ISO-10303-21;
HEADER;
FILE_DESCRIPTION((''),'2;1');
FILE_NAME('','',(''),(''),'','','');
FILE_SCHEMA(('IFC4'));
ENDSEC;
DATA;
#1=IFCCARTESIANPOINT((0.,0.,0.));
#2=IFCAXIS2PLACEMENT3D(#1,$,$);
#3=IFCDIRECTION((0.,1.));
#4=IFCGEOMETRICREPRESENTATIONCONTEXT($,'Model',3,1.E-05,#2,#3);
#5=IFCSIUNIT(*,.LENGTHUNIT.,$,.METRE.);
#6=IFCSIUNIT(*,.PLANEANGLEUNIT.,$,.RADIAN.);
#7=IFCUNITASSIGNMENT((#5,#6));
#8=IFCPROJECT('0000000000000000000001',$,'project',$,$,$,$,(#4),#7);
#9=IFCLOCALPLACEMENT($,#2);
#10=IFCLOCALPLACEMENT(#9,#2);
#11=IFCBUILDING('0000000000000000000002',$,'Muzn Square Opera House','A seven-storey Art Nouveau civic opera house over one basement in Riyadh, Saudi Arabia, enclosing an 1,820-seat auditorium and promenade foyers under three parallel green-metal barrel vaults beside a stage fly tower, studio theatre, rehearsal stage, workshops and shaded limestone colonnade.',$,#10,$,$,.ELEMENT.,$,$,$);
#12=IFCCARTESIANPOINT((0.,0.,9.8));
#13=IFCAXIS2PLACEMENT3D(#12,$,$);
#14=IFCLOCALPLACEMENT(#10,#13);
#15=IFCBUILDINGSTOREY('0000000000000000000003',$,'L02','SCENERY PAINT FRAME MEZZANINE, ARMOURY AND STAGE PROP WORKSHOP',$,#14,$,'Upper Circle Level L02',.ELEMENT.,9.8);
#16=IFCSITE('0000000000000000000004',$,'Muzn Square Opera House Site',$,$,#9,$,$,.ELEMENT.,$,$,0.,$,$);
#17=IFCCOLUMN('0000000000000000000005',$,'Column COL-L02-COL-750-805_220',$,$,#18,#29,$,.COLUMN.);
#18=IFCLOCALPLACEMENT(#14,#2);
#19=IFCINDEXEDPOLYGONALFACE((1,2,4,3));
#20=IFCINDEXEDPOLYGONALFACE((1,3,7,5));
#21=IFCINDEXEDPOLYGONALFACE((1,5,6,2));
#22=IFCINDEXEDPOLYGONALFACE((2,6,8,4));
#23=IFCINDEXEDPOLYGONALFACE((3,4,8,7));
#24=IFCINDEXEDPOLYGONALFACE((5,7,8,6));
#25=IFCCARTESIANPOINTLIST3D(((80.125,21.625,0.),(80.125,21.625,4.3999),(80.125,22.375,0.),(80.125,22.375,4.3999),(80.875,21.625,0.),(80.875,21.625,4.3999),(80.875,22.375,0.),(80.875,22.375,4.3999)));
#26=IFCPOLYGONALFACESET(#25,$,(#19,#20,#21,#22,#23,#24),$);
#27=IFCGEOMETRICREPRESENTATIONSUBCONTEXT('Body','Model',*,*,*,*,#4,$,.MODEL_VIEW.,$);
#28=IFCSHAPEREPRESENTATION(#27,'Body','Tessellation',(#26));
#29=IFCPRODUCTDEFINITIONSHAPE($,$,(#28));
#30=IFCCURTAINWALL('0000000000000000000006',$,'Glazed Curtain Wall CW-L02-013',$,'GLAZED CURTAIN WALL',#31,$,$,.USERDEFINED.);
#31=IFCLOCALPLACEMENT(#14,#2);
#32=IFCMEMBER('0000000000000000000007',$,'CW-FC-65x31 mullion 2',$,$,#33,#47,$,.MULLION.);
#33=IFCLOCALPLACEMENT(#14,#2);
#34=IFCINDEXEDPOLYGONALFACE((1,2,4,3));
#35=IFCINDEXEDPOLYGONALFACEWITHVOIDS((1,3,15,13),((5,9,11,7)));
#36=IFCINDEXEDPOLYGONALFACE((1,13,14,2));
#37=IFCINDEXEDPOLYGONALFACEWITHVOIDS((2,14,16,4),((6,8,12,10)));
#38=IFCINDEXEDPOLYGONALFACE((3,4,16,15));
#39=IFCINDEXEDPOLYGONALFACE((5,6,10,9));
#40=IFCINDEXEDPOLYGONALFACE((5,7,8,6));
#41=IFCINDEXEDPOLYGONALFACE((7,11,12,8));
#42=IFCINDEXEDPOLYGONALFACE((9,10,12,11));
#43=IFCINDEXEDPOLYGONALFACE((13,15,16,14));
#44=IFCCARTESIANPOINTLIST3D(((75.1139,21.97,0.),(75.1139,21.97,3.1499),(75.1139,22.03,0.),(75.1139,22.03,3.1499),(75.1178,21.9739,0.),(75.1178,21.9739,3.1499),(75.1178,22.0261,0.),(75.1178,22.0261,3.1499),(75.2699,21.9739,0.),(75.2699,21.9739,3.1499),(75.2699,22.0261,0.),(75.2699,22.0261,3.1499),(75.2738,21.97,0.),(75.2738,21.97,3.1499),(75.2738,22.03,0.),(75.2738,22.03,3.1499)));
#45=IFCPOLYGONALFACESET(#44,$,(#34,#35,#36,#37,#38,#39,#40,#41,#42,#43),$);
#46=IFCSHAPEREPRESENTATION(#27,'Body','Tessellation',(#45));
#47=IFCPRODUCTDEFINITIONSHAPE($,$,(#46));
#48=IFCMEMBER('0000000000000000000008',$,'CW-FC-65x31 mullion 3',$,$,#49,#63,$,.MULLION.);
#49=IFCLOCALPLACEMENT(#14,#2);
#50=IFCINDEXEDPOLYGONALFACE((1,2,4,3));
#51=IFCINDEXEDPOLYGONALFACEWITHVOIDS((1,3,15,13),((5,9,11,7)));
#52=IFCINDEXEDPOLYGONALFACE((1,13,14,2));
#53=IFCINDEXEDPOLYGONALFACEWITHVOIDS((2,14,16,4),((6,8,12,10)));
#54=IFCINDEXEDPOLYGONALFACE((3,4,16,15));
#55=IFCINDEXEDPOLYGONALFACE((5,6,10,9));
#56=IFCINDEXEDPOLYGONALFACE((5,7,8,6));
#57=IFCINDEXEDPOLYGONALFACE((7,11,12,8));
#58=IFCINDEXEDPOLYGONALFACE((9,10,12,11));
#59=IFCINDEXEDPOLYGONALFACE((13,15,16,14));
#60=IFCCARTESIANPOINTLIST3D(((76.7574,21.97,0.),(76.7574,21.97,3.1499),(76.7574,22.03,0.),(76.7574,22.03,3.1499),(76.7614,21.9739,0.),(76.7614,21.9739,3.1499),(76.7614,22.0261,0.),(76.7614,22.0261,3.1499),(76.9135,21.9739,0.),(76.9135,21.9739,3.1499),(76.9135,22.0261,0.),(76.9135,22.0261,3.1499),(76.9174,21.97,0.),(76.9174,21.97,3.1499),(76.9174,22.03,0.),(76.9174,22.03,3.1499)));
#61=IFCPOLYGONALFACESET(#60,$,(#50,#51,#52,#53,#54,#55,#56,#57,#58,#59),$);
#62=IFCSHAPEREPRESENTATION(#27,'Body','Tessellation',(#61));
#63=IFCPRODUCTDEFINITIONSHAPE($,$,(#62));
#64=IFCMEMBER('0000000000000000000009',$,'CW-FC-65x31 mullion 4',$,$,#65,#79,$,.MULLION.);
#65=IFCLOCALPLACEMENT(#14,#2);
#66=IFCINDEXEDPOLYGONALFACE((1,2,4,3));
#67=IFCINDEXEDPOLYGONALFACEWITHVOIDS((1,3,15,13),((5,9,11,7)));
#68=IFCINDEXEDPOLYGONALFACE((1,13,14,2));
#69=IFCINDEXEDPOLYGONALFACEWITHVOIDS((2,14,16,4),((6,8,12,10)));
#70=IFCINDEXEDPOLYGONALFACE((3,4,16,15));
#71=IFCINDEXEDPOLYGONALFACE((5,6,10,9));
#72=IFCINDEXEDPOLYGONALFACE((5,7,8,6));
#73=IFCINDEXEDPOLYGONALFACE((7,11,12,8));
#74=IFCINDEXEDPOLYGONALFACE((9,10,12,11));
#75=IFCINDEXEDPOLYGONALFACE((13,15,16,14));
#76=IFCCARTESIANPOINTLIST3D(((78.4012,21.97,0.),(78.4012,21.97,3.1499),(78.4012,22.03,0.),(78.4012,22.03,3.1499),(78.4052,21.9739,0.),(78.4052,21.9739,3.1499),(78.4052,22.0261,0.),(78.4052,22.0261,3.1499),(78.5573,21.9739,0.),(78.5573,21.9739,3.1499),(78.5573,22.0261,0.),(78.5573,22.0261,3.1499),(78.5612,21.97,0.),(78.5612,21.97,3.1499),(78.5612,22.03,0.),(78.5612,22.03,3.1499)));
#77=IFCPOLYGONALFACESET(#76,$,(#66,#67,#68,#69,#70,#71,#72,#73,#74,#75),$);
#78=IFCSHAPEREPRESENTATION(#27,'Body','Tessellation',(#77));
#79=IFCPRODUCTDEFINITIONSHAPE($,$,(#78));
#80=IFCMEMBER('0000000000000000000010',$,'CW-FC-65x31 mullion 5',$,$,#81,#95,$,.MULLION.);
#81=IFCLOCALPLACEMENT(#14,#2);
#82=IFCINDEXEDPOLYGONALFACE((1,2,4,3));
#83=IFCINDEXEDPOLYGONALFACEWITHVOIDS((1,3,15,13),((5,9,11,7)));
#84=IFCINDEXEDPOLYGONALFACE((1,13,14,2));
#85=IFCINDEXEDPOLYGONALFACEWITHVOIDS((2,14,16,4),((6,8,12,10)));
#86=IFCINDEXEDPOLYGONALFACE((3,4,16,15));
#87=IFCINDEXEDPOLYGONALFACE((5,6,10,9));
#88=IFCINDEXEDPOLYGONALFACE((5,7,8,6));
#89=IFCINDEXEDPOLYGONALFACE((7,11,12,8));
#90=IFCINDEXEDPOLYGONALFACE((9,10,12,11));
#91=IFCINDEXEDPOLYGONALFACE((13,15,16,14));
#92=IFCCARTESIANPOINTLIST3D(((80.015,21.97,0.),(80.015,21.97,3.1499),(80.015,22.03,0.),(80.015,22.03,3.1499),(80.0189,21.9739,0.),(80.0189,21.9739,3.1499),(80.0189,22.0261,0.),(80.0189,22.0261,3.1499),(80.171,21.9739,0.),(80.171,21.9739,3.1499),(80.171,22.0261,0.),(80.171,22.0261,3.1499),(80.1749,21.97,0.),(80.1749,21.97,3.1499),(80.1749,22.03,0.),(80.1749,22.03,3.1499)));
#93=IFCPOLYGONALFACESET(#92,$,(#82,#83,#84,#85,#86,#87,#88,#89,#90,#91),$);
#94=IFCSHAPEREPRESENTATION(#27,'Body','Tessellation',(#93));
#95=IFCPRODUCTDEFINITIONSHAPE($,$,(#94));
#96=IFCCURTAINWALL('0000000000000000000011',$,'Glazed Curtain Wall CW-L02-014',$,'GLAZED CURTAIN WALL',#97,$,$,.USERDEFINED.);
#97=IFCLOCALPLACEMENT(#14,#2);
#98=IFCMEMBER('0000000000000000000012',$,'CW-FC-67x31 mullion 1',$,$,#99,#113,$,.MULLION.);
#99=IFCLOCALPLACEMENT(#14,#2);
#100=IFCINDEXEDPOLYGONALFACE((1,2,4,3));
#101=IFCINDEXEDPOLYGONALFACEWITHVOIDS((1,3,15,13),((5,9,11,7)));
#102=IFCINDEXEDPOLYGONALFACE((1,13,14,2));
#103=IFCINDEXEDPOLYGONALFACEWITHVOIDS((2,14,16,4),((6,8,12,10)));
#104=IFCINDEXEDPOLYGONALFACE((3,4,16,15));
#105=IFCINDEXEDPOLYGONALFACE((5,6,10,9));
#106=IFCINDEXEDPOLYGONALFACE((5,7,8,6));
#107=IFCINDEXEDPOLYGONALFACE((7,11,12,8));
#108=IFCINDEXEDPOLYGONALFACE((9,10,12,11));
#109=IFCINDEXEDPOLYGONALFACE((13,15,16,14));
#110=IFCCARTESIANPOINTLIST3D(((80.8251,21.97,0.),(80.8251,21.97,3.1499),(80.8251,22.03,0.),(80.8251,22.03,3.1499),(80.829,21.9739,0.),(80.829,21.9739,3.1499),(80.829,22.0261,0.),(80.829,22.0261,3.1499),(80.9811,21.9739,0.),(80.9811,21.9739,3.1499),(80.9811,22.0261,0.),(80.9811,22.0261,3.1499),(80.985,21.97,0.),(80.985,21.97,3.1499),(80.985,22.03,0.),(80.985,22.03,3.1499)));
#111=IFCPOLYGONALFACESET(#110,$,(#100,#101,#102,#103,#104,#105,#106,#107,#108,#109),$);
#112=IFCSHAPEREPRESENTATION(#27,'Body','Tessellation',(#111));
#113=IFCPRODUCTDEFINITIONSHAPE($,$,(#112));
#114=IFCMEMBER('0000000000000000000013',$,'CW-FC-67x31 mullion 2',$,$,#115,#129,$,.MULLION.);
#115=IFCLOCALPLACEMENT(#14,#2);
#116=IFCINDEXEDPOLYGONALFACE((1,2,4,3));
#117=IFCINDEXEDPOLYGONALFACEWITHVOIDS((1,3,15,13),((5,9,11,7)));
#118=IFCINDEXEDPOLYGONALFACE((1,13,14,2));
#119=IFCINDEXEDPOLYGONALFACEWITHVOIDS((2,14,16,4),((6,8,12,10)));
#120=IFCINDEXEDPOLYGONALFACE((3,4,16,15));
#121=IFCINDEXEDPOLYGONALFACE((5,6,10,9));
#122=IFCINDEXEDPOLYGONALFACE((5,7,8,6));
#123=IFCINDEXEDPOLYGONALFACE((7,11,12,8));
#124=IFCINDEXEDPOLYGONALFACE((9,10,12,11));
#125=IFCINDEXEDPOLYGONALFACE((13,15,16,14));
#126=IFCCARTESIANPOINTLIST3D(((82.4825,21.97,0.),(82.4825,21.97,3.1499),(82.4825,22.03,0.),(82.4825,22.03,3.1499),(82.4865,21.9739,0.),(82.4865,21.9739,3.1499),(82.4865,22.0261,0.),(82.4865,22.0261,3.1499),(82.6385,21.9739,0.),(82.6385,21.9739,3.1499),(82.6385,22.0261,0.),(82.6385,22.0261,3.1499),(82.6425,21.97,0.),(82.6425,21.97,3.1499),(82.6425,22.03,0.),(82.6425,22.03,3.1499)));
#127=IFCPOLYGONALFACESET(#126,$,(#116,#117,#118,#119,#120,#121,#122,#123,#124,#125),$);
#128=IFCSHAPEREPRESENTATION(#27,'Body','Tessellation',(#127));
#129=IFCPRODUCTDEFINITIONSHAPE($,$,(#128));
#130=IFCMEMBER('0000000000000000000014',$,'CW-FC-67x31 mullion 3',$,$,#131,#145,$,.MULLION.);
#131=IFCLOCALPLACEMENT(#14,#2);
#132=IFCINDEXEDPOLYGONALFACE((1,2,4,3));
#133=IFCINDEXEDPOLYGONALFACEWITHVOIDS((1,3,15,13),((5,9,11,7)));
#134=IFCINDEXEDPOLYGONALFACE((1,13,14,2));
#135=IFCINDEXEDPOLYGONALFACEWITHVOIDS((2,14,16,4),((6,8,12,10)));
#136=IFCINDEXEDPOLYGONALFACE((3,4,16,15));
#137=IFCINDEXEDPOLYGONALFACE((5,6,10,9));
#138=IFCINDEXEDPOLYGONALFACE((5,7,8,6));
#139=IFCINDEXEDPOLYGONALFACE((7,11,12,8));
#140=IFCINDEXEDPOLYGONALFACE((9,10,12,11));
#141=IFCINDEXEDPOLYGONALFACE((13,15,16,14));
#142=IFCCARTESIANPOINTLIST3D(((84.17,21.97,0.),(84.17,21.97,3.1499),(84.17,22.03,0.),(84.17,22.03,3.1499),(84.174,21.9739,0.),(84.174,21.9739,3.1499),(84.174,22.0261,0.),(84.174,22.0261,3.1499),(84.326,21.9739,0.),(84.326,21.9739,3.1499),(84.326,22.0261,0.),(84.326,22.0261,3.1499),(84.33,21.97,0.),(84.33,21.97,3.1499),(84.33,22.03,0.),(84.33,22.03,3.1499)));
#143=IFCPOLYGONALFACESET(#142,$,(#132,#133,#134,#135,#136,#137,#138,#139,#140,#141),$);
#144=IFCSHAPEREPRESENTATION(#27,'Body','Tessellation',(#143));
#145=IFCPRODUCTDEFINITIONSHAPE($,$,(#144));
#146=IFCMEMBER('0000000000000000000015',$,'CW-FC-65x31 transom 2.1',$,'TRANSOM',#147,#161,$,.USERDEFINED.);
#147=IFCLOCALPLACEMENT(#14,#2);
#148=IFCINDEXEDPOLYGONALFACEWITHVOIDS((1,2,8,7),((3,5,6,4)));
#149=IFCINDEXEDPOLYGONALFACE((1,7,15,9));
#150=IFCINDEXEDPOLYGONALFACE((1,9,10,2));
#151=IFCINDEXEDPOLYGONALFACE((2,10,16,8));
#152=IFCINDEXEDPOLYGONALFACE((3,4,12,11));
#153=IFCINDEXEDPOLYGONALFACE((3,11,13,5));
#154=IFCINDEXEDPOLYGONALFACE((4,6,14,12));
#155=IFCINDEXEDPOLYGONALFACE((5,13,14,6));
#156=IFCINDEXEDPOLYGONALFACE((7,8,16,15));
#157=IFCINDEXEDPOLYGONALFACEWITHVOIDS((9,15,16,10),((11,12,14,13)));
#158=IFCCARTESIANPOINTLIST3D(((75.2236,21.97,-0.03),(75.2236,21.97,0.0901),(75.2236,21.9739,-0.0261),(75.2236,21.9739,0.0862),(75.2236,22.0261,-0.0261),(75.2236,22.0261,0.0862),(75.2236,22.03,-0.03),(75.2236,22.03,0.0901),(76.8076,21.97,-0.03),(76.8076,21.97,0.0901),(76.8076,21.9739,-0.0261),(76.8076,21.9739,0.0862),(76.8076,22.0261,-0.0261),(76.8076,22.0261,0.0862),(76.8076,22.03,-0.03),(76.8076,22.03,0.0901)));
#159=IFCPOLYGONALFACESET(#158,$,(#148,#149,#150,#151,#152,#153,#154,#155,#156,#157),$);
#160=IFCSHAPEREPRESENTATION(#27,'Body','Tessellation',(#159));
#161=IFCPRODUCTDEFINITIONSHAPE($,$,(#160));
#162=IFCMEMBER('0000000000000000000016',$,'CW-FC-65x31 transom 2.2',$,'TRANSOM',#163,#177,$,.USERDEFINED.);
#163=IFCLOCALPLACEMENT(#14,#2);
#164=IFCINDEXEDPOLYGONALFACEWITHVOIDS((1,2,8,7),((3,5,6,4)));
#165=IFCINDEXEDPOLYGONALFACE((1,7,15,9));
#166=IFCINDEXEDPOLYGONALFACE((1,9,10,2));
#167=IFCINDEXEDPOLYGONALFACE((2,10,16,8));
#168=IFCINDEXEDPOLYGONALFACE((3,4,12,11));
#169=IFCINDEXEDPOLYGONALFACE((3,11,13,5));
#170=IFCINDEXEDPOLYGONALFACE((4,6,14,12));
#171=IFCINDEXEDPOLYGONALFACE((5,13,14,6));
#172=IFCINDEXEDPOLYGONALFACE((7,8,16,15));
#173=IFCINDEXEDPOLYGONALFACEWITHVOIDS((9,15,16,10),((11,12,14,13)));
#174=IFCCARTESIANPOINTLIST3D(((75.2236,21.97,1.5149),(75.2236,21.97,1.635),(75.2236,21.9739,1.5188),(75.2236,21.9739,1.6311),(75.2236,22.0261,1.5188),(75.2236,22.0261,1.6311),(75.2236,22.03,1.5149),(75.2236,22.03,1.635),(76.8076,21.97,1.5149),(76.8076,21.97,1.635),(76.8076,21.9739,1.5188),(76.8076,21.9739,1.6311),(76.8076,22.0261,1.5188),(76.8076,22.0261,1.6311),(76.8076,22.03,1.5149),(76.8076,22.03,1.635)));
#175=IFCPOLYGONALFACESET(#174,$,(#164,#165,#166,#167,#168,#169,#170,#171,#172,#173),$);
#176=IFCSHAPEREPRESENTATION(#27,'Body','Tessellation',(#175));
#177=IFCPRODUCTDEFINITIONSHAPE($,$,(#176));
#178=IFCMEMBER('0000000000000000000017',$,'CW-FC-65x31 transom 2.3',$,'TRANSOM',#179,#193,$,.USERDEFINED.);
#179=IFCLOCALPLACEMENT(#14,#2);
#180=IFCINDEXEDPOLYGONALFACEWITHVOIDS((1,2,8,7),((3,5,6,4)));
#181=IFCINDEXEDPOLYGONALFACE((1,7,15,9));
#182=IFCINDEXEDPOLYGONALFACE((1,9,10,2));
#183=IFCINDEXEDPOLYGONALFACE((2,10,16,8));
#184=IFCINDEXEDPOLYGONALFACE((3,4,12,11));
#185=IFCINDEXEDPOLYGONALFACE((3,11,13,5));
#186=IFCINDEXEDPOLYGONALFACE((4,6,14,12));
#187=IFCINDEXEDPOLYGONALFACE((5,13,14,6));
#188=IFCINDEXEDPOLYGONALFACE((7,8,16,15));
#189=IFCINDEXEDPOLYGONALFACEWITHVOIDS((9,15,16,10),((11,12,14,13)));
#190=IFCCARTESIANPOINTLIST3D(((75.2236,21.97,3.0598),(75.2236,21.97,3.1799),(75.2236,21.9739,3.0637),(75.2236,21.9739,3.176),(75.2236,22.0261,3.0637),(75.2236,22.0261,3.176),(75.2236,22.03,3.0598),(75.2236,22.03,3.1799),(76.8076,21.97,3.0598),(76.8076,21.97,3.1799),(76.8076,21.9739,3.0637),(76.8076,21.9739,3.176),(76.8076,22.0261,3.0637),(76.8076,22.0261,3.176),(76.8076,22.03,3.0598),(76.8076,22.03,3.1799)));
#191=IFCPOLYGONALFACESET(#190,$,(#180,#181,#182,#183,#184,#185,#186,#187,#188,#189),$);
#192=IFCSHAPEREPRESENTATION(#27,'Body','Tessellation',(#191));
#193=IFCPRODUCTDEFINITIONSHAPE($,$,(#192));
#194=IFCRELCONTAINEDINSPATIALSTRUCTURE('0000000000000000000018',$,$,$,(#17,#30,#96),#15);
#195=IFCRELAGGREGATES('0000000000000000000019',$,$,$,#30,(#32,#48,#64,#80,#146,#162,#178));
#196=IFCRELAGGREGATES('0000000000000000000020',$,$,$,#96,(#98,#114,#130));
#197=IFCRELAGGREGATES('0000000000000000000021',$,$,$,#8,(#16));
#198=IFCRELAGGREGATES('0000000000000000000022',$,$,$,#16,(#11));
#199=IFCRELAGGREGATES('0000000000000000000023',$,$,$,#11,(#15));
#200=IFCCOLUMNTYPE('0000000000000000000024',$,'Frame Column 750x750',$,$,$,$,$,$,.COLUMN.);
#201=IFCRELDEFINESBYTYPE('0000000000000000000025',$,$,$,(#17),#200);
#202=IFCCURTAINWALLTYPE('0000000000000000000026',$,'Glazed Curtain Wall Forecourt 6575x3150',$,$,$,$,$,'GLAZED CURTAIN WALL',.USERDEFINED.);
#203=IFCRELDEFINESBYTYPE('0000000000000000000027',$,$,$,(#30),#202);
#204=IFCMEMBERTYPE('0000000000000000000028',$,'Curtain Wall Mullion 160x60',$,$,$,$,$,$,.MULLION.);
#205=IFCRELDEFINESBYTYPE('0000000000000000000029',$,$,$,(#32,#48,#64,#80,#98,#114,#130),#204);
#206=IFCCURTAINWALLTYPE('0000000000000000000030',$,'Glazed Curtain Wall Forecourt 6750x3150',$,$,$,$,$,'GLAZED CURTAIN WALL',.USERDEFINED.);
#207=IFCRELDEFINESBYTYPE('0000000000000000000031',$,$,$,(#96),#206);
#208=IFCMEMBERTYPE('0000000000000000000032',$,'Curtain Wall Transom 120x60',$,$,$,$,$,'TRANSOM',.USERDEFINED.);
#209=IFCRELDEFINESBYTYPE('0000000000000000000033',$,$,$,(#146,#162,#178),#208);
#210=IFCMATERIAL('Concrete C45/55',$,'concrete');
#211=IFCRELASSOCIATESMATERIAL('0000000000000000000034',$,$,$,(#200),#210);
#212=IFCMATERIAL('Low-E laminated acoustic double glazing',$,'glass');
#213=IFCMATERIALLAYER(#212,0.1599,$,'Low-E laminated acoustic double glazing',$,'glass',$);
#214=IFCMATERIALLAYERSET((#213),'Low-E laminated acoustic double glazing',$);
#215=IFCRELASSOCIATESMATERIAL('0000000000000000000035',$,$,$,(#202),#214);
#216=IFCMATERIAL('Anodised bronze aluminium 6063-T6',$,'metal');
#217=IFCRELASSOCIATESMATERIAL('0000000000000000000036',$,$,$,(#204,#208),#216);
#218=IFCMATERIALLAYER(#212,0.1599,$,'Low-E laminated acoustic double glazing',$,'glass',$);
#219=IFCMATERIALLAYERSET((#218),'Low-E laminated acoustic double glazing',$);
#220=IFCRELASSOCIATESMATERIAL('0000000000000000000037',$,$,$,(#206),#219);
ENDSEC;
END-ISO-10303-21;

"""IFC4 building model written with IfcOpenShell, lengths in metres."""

from ifc_helpers import new_model, si_unit, direction, frame, origin, origin_2d, place, context, subcontext, project, spatial, rectangle, hollow_rectangle, extrude, material, layer, layer_set, material_profile, profile_set, type_object, element, aggregate, save


model = new_model("IFC4")

# Units and contexts
model_context = context("Model", 3, precision=1e-05, world=origin(), true_north=direction((0.0, 1.0)))
body_context = subcontext(model_context, "Body", "Model", "MODEL_VIEW")
ifc_project = project(units=[si_unit("LENGTHUNIT", "METRE"), si_unit("PLANEANGLEUNIT", "RADIAN")], contexts=[model_context])

# Site, building, storey
site_placement = place(None, origin())
site = spatial("IfcSite", under=ifc_project, at=site_placement, Name="Muzn Square Opera House Site", CompositionType="ELEMENT", RefElevation=0.0)
building_placement = place(site_placement, origin())
building = spatial("IfcBuilding", under=site, at=building_placement, Name="Muzn Square Opera House", Description="A seven-storey Art Nouveau civic opera house over one basement in Riyadh, Saudi Arabia, enclosing an 1,820-seat auditorium and promenade foyers under three parallel green-metal barrel vaults beside a stage fly tower, studio theatre, rehearsal stage, workshops and shaded limestone colonnade.", CompositionType="ELEMENT")
storey_placement = place(building_placement, frame((0.0, 0.0, 9.8)))
storey = spatial("IfcBuildingStorey", under=building, at=storey_placement, Name="L02", Description="SCENERY PAINT FRAME MEZZANINE, ARMOURY AND STAGE PROP WORKSHOP", LongName="Upper Circle Level L02", CompositionType="ELEMENT", Elevation=9.8)

# Column
ifc_material_1 = material(Name="Concrete C45/55", Category="concrete")
ifc_material_profile_1 = material_profile(ifc_material_1, rectangle(XDim=0.75, YDim=0.75, at=origin_2d()), Name="RC 750x750", Category="concrete")
ifc_profile_set_1 = profile_set([ifc_material_profile_1], Name="Concrete C45/55")
column_type = type_object("IfcColumnType", Name="Frame Column 750x750", PredefinedType="COLUMN", material=ifc_profile_set_1)
column_placement = place(storey_placement, frame((80.5, 22.0, 0.0), z_axis=(0.0, 0.0, 1.0), x_axis=(1.0, 0.0, 0.0)))
element("IfcColumn", 1, at=column_placement, inside=storey, type_object=column_type, Name="Column COL-L02-COL-750-805_220", PredefinedType="COLUMN", context=body_context, shape_type="SweptSolid", body=[
    extrude(rectangle(XDim=0.75, YDim=0.75, at=origin_2d()), origin(), (0.0, 0.0, 1.0), 4.3999),
])

# Curtain walls, members
ifc_material_2 = material(Name="Low-E laminated acoustic double glazing", Category="glass")
ifc_layer_1 = layer(ifc_material_2, 0.1599, Name="Low-E laminated acoustic double glazing", Category="glass")
ifc_layer_set_1 = layer_set([ifc_layer_1], Name="Low-E laminated acoustic double glazing")
curtain_wall_type_1 = type_object("IfcCurtainWallType", Name="Glazed Curtain Wall Forecourt 6575x3150", ElementType="GLAZED CURTAIN WALL", PredefinedType="USERDEFINED", material=ifc_layer_set_1)
curtain_wall_1_placement = place(storey_placement, origin())
curtain_wall_1 = element("IfcCurtainWall", 2, at=curtain_wall_1_placement, inside=storey, type_object=curtain_wall_type_1, Name="Glazed Curtain Wall CW-L02-013", ObjectType="GLAZED CURTAIN WALL", PredefinedType="USERDEFINED")
ifc_material_3 = material(Name="Anodised bronze aluminium 6063-T6", Category="metal")
ifc_material_profile_2 = material_profile(ifc_material_3, hollow_rectangle(XDim=0.0601, YDim=0.1599, WallThickness=0.0039, at=origin_2d()), Name="ALU 160x60x4", Category="metal")
ifc_profile_set_2 = profile_set([ifc_material_profile_2], Name="Anodised bronze aluminium 6063-T6")
member_type_1 = type_object("IfcMemberType", Name="Curtain Wall Mullion 160x60", PredefinedType="MULLION", material=ifc_profile_set_2)
member_1_placement = place(storey_placement, frame((75.1938, 22.0, 0.0), z_axis=(0.0, 0.0, 1.0), x_axis=(0.0, 1.0, 0.0)))
member_1 = element("IfcMember", 3, at=member_1_placement, type_object=member_type_1, Name="CW-FC-65x31 mullion 2", PredefinedType="MULLION", context=body_context, shape_type="SweptSolid", body=[
    extrude(hollow_rectangle(XDim=0.0601, YDim=0.1599, WallThickness=0.0039, at=origin_2d()), origin(), (0.0, 0.0, 1.0), 3.1499),
])
member_2_placement = place(storey_placement, frame((76.8374, 22.0, 0.0), z_axis=(0.0, 0.0, 1.0), x_axis=(0.0, 1.0, 0.0)))
member_2 = element("IfcMember", 4, at=member_2_placement, type_object=member_type_1, Name="CW-FC-65x31 mullion 3", PredefinedType="MULLION", context=body_context, shape_type="SweptSolid", body=[
    extrude(hollow_rectangle(XDim=0.0601, YDim=0.1599, WallThickness=0.0039, at=origin_2d()), origin(), (0.0, 0.0, 1.0), 3.1499),
])
member_3_placement = place(storey_placement, frame((78.4812, 22.0, 0.0), z_axis=(0.0, 0.0, 1.0), x_axis=(0.0, 1.0, 0.0)))
member_3 = element("IfcMember", 5, at=member_3_placement, type_object=member_type_1, Name="CW-FC-65x31 mullion 4", PredefinedType="MULLION", context=body_context, shape_type="SweptSolid", body=[
    extrude(hollow_rectangle(XDim=0.0601, YDim=0.1599, WallThickness=0.0039, at=origin_2d()), origin(), (0.0, 0.0, 1.0), 3.1499),
])
member_4_placement = place(storey_placement, frame((80.095, 22.0, 0.0), z_axis=(0.0, 0.0, 1.0), x_axis=(0.0, 1.0, 0.0)))
member_4 = element("IfcMember", 6, at=member_4_placement, type_object=member_type_1, Name="CW-FC-65x31 mullion 5", PredefinedType="MULLION", context=body_context, shape_type="SweptSolid", body=[
    extrude(hollow_rectangle(XDim=0.0601, YDim=0.1599, WallThickness=0.0039, at=origin_2d()), origin(), (0.0, 0.0, 1.0), 3.1499),
])
ifc_layer_2 = layer(ifc_material_2, 0.1599, Name="Low-E laminated acoustic double glazing", Category="glass")
ifc_layer_set_2 = layer_set([ifc_layer_2], Name="Low-E laminated acoustic double glazing")
curtain_wall_type_2 = type_object("IfcCurtainWallType", Name="Glazed Curtain Wall Forecourt 6750x3150", ElementType="GLAZED CURTAIN WALL", PredefinedType="USERDEFINED", material=ifc_layer_set_2)
curtain_wall_2_placement = place(storey_placement, origin())
curtain_wall_2 = element("IfcCurtainWall", 7, at=curtain_wall_2_placement, inside=storey, type_object=curtain_wall_type_2, Name="Glazed Curtain Wall CW-L02-014", ObjectType="GLAZED CURTAIN WALL", PredefinedType="USERDEFINED")
member_5_placement = place(storey_placement, frame((80.905, 22.0, 0.0), z_axis=(0.0, 0.0, 1.0), x_axis=(0.0, 1.0, 0.0)))
member_5 = element("IfcMember", 8, at=member_5_placement, type_object=member_type_1, Name="CW-FC-67x31 mullion 1", PredefinedType="MULLION", context=body_context, shape_type="SweptSolid", body=[
    extrude(hollow_rectangle(XDim=0.0601, YDim=0.1599, WallThickness=0.0039, at=origin_2d()), origin(), (0.0, 0.0, 1.0), 3.1499),
])
member_6_placement = place(storey_placement, frame((82.5625, 22.0, 0.0), z_axis=(0.0, 0.0, 1.0), x_axis=(0.0, 1.0, 0.0)))
member_6 = element("IfcMember", 9, at=member_6_placement, type_object=member_type_1, Name="CW-FC-67x31 mullion 2", PredefinedType="MULLION", context=body_context, shape_type="SweptSolid", body=[
    extrude(hollow_rectangle(XDim=0.0601, YDim=0.1599, WallThickness=0.0039, at=origin_2d()), origin(), (0.0, 0.0, 1.0), 3.1499),
])
member_7_placement = place(storey_placement, frame((84.25, 22.0, 0.0), z_axis=(0.0, 0.0, 1.0), x_axis=(0.0, 1.0, 0.0)))
member_7 = element("IfcMember", 10, at=member_7_placement, type_object=member_type_1, Name="CW-FC-67x31 mullion 3", PredefinedType="MULLION", context=body_context, shape_type="SweptSolid", body=[
    extrude(hollow_rectangle(XDim=0.0601, YDim=0.1599, WallThickness=0.0039, at=origin_2d()), origin(), (0.0, 0.0, 1.0), 3.1499),
])

# Members
ifc_material_profile_3 = material_profile(ifc_material_3, hollow_rectangle(XDim=0.0601, YDim=0.1201, WallThickness=0.0039, at=origin_2d()), Name="ALU 120x60x4", Category="metal")
ifc_profile_set_3 = profile_set([ifc_material_profile_3], Name="Anodised bronze aluminium 6063-T6")
member_type_2 = type_object("IfcMemberType", Name="Curtain Wall Transom 120x60", ElementType="TRANSOM", PredefinedType="USERDEFINED", material=ifc_profile_set_3)
member_8_placement = place(storey_placement, frame((75.2236, 22.0, 0.03), z_axis=(1.0, 0.0, 0.0), x_axis=(0.0, 1.0, 0.0)))
member_8 = element("IfcMember", 11, at=member_8_placement, type_object=member_type_2, Name="CW-FC-65x31 transom 2.1", ObjectType="TRANSOM", PredefinedType="USERDEFINED", context=body_context, shape_type="SweptSolid", body=[
    extrude(hollow_rectangle(XDim=0.0601, YDim=0.1201, WallThickness=0.0039, at=origin_2d()), origin(), (0.0, 0.0, 1.0), 1.584),
])
member_9_placement = place(storey_placement, frame((75.2236, 22.0, 1.575), z_axis=(1.0, 0.0, 0.0), x_axis=(0.0, 1.0, 0.0)))
member_9 = element("IfcMember", 12, at=member_9_placement, type_object=member_type_2, Name="CW-FC-65x31 transom 2.2", ObjectType="TRANSOM", PredefinedType="USERDEFINED", context=body_context, shape_type="SweptSolid", body=[
    extrude(hollow_rectangle(XDim=0.0601, YDim=0.1201, WallThickness=0.0039, at=origin_2d()), origin(), (0.0, 0.0, 1.0), 1.584),
])
member_10_placement = place(storey_placement, frame((75.2236, 22.0, 3.1199), z_axis=(1.0, 0.0, 0.0), x_axis=(0.0, 1.0, 0.0)))
member_10 = element("IfcMember", 13, at=member_10_placement, type_object=member_type_2, Name="CW-FC-65x31 transom 2.3", ObjectType="TRANSOM", PredefinedType="USERDEFINED", context=body_context, shape_type="SweptSolid", body=[
    extrude(hollow_rectangle(XDim=0.0601, YDim=0.1201, WallThickness=0.0039, at=origin_2d()), origin(), (0.0, 0.0, 1.0), 1.584),
])

aggregate(curtain_wall_1, [member_1, member_2, member_3, member_4, member_8, member_9, member_10])
aggregate(curtain_wall_2, [member_5, member_6, member_7])

save(model, "model.ifc")
